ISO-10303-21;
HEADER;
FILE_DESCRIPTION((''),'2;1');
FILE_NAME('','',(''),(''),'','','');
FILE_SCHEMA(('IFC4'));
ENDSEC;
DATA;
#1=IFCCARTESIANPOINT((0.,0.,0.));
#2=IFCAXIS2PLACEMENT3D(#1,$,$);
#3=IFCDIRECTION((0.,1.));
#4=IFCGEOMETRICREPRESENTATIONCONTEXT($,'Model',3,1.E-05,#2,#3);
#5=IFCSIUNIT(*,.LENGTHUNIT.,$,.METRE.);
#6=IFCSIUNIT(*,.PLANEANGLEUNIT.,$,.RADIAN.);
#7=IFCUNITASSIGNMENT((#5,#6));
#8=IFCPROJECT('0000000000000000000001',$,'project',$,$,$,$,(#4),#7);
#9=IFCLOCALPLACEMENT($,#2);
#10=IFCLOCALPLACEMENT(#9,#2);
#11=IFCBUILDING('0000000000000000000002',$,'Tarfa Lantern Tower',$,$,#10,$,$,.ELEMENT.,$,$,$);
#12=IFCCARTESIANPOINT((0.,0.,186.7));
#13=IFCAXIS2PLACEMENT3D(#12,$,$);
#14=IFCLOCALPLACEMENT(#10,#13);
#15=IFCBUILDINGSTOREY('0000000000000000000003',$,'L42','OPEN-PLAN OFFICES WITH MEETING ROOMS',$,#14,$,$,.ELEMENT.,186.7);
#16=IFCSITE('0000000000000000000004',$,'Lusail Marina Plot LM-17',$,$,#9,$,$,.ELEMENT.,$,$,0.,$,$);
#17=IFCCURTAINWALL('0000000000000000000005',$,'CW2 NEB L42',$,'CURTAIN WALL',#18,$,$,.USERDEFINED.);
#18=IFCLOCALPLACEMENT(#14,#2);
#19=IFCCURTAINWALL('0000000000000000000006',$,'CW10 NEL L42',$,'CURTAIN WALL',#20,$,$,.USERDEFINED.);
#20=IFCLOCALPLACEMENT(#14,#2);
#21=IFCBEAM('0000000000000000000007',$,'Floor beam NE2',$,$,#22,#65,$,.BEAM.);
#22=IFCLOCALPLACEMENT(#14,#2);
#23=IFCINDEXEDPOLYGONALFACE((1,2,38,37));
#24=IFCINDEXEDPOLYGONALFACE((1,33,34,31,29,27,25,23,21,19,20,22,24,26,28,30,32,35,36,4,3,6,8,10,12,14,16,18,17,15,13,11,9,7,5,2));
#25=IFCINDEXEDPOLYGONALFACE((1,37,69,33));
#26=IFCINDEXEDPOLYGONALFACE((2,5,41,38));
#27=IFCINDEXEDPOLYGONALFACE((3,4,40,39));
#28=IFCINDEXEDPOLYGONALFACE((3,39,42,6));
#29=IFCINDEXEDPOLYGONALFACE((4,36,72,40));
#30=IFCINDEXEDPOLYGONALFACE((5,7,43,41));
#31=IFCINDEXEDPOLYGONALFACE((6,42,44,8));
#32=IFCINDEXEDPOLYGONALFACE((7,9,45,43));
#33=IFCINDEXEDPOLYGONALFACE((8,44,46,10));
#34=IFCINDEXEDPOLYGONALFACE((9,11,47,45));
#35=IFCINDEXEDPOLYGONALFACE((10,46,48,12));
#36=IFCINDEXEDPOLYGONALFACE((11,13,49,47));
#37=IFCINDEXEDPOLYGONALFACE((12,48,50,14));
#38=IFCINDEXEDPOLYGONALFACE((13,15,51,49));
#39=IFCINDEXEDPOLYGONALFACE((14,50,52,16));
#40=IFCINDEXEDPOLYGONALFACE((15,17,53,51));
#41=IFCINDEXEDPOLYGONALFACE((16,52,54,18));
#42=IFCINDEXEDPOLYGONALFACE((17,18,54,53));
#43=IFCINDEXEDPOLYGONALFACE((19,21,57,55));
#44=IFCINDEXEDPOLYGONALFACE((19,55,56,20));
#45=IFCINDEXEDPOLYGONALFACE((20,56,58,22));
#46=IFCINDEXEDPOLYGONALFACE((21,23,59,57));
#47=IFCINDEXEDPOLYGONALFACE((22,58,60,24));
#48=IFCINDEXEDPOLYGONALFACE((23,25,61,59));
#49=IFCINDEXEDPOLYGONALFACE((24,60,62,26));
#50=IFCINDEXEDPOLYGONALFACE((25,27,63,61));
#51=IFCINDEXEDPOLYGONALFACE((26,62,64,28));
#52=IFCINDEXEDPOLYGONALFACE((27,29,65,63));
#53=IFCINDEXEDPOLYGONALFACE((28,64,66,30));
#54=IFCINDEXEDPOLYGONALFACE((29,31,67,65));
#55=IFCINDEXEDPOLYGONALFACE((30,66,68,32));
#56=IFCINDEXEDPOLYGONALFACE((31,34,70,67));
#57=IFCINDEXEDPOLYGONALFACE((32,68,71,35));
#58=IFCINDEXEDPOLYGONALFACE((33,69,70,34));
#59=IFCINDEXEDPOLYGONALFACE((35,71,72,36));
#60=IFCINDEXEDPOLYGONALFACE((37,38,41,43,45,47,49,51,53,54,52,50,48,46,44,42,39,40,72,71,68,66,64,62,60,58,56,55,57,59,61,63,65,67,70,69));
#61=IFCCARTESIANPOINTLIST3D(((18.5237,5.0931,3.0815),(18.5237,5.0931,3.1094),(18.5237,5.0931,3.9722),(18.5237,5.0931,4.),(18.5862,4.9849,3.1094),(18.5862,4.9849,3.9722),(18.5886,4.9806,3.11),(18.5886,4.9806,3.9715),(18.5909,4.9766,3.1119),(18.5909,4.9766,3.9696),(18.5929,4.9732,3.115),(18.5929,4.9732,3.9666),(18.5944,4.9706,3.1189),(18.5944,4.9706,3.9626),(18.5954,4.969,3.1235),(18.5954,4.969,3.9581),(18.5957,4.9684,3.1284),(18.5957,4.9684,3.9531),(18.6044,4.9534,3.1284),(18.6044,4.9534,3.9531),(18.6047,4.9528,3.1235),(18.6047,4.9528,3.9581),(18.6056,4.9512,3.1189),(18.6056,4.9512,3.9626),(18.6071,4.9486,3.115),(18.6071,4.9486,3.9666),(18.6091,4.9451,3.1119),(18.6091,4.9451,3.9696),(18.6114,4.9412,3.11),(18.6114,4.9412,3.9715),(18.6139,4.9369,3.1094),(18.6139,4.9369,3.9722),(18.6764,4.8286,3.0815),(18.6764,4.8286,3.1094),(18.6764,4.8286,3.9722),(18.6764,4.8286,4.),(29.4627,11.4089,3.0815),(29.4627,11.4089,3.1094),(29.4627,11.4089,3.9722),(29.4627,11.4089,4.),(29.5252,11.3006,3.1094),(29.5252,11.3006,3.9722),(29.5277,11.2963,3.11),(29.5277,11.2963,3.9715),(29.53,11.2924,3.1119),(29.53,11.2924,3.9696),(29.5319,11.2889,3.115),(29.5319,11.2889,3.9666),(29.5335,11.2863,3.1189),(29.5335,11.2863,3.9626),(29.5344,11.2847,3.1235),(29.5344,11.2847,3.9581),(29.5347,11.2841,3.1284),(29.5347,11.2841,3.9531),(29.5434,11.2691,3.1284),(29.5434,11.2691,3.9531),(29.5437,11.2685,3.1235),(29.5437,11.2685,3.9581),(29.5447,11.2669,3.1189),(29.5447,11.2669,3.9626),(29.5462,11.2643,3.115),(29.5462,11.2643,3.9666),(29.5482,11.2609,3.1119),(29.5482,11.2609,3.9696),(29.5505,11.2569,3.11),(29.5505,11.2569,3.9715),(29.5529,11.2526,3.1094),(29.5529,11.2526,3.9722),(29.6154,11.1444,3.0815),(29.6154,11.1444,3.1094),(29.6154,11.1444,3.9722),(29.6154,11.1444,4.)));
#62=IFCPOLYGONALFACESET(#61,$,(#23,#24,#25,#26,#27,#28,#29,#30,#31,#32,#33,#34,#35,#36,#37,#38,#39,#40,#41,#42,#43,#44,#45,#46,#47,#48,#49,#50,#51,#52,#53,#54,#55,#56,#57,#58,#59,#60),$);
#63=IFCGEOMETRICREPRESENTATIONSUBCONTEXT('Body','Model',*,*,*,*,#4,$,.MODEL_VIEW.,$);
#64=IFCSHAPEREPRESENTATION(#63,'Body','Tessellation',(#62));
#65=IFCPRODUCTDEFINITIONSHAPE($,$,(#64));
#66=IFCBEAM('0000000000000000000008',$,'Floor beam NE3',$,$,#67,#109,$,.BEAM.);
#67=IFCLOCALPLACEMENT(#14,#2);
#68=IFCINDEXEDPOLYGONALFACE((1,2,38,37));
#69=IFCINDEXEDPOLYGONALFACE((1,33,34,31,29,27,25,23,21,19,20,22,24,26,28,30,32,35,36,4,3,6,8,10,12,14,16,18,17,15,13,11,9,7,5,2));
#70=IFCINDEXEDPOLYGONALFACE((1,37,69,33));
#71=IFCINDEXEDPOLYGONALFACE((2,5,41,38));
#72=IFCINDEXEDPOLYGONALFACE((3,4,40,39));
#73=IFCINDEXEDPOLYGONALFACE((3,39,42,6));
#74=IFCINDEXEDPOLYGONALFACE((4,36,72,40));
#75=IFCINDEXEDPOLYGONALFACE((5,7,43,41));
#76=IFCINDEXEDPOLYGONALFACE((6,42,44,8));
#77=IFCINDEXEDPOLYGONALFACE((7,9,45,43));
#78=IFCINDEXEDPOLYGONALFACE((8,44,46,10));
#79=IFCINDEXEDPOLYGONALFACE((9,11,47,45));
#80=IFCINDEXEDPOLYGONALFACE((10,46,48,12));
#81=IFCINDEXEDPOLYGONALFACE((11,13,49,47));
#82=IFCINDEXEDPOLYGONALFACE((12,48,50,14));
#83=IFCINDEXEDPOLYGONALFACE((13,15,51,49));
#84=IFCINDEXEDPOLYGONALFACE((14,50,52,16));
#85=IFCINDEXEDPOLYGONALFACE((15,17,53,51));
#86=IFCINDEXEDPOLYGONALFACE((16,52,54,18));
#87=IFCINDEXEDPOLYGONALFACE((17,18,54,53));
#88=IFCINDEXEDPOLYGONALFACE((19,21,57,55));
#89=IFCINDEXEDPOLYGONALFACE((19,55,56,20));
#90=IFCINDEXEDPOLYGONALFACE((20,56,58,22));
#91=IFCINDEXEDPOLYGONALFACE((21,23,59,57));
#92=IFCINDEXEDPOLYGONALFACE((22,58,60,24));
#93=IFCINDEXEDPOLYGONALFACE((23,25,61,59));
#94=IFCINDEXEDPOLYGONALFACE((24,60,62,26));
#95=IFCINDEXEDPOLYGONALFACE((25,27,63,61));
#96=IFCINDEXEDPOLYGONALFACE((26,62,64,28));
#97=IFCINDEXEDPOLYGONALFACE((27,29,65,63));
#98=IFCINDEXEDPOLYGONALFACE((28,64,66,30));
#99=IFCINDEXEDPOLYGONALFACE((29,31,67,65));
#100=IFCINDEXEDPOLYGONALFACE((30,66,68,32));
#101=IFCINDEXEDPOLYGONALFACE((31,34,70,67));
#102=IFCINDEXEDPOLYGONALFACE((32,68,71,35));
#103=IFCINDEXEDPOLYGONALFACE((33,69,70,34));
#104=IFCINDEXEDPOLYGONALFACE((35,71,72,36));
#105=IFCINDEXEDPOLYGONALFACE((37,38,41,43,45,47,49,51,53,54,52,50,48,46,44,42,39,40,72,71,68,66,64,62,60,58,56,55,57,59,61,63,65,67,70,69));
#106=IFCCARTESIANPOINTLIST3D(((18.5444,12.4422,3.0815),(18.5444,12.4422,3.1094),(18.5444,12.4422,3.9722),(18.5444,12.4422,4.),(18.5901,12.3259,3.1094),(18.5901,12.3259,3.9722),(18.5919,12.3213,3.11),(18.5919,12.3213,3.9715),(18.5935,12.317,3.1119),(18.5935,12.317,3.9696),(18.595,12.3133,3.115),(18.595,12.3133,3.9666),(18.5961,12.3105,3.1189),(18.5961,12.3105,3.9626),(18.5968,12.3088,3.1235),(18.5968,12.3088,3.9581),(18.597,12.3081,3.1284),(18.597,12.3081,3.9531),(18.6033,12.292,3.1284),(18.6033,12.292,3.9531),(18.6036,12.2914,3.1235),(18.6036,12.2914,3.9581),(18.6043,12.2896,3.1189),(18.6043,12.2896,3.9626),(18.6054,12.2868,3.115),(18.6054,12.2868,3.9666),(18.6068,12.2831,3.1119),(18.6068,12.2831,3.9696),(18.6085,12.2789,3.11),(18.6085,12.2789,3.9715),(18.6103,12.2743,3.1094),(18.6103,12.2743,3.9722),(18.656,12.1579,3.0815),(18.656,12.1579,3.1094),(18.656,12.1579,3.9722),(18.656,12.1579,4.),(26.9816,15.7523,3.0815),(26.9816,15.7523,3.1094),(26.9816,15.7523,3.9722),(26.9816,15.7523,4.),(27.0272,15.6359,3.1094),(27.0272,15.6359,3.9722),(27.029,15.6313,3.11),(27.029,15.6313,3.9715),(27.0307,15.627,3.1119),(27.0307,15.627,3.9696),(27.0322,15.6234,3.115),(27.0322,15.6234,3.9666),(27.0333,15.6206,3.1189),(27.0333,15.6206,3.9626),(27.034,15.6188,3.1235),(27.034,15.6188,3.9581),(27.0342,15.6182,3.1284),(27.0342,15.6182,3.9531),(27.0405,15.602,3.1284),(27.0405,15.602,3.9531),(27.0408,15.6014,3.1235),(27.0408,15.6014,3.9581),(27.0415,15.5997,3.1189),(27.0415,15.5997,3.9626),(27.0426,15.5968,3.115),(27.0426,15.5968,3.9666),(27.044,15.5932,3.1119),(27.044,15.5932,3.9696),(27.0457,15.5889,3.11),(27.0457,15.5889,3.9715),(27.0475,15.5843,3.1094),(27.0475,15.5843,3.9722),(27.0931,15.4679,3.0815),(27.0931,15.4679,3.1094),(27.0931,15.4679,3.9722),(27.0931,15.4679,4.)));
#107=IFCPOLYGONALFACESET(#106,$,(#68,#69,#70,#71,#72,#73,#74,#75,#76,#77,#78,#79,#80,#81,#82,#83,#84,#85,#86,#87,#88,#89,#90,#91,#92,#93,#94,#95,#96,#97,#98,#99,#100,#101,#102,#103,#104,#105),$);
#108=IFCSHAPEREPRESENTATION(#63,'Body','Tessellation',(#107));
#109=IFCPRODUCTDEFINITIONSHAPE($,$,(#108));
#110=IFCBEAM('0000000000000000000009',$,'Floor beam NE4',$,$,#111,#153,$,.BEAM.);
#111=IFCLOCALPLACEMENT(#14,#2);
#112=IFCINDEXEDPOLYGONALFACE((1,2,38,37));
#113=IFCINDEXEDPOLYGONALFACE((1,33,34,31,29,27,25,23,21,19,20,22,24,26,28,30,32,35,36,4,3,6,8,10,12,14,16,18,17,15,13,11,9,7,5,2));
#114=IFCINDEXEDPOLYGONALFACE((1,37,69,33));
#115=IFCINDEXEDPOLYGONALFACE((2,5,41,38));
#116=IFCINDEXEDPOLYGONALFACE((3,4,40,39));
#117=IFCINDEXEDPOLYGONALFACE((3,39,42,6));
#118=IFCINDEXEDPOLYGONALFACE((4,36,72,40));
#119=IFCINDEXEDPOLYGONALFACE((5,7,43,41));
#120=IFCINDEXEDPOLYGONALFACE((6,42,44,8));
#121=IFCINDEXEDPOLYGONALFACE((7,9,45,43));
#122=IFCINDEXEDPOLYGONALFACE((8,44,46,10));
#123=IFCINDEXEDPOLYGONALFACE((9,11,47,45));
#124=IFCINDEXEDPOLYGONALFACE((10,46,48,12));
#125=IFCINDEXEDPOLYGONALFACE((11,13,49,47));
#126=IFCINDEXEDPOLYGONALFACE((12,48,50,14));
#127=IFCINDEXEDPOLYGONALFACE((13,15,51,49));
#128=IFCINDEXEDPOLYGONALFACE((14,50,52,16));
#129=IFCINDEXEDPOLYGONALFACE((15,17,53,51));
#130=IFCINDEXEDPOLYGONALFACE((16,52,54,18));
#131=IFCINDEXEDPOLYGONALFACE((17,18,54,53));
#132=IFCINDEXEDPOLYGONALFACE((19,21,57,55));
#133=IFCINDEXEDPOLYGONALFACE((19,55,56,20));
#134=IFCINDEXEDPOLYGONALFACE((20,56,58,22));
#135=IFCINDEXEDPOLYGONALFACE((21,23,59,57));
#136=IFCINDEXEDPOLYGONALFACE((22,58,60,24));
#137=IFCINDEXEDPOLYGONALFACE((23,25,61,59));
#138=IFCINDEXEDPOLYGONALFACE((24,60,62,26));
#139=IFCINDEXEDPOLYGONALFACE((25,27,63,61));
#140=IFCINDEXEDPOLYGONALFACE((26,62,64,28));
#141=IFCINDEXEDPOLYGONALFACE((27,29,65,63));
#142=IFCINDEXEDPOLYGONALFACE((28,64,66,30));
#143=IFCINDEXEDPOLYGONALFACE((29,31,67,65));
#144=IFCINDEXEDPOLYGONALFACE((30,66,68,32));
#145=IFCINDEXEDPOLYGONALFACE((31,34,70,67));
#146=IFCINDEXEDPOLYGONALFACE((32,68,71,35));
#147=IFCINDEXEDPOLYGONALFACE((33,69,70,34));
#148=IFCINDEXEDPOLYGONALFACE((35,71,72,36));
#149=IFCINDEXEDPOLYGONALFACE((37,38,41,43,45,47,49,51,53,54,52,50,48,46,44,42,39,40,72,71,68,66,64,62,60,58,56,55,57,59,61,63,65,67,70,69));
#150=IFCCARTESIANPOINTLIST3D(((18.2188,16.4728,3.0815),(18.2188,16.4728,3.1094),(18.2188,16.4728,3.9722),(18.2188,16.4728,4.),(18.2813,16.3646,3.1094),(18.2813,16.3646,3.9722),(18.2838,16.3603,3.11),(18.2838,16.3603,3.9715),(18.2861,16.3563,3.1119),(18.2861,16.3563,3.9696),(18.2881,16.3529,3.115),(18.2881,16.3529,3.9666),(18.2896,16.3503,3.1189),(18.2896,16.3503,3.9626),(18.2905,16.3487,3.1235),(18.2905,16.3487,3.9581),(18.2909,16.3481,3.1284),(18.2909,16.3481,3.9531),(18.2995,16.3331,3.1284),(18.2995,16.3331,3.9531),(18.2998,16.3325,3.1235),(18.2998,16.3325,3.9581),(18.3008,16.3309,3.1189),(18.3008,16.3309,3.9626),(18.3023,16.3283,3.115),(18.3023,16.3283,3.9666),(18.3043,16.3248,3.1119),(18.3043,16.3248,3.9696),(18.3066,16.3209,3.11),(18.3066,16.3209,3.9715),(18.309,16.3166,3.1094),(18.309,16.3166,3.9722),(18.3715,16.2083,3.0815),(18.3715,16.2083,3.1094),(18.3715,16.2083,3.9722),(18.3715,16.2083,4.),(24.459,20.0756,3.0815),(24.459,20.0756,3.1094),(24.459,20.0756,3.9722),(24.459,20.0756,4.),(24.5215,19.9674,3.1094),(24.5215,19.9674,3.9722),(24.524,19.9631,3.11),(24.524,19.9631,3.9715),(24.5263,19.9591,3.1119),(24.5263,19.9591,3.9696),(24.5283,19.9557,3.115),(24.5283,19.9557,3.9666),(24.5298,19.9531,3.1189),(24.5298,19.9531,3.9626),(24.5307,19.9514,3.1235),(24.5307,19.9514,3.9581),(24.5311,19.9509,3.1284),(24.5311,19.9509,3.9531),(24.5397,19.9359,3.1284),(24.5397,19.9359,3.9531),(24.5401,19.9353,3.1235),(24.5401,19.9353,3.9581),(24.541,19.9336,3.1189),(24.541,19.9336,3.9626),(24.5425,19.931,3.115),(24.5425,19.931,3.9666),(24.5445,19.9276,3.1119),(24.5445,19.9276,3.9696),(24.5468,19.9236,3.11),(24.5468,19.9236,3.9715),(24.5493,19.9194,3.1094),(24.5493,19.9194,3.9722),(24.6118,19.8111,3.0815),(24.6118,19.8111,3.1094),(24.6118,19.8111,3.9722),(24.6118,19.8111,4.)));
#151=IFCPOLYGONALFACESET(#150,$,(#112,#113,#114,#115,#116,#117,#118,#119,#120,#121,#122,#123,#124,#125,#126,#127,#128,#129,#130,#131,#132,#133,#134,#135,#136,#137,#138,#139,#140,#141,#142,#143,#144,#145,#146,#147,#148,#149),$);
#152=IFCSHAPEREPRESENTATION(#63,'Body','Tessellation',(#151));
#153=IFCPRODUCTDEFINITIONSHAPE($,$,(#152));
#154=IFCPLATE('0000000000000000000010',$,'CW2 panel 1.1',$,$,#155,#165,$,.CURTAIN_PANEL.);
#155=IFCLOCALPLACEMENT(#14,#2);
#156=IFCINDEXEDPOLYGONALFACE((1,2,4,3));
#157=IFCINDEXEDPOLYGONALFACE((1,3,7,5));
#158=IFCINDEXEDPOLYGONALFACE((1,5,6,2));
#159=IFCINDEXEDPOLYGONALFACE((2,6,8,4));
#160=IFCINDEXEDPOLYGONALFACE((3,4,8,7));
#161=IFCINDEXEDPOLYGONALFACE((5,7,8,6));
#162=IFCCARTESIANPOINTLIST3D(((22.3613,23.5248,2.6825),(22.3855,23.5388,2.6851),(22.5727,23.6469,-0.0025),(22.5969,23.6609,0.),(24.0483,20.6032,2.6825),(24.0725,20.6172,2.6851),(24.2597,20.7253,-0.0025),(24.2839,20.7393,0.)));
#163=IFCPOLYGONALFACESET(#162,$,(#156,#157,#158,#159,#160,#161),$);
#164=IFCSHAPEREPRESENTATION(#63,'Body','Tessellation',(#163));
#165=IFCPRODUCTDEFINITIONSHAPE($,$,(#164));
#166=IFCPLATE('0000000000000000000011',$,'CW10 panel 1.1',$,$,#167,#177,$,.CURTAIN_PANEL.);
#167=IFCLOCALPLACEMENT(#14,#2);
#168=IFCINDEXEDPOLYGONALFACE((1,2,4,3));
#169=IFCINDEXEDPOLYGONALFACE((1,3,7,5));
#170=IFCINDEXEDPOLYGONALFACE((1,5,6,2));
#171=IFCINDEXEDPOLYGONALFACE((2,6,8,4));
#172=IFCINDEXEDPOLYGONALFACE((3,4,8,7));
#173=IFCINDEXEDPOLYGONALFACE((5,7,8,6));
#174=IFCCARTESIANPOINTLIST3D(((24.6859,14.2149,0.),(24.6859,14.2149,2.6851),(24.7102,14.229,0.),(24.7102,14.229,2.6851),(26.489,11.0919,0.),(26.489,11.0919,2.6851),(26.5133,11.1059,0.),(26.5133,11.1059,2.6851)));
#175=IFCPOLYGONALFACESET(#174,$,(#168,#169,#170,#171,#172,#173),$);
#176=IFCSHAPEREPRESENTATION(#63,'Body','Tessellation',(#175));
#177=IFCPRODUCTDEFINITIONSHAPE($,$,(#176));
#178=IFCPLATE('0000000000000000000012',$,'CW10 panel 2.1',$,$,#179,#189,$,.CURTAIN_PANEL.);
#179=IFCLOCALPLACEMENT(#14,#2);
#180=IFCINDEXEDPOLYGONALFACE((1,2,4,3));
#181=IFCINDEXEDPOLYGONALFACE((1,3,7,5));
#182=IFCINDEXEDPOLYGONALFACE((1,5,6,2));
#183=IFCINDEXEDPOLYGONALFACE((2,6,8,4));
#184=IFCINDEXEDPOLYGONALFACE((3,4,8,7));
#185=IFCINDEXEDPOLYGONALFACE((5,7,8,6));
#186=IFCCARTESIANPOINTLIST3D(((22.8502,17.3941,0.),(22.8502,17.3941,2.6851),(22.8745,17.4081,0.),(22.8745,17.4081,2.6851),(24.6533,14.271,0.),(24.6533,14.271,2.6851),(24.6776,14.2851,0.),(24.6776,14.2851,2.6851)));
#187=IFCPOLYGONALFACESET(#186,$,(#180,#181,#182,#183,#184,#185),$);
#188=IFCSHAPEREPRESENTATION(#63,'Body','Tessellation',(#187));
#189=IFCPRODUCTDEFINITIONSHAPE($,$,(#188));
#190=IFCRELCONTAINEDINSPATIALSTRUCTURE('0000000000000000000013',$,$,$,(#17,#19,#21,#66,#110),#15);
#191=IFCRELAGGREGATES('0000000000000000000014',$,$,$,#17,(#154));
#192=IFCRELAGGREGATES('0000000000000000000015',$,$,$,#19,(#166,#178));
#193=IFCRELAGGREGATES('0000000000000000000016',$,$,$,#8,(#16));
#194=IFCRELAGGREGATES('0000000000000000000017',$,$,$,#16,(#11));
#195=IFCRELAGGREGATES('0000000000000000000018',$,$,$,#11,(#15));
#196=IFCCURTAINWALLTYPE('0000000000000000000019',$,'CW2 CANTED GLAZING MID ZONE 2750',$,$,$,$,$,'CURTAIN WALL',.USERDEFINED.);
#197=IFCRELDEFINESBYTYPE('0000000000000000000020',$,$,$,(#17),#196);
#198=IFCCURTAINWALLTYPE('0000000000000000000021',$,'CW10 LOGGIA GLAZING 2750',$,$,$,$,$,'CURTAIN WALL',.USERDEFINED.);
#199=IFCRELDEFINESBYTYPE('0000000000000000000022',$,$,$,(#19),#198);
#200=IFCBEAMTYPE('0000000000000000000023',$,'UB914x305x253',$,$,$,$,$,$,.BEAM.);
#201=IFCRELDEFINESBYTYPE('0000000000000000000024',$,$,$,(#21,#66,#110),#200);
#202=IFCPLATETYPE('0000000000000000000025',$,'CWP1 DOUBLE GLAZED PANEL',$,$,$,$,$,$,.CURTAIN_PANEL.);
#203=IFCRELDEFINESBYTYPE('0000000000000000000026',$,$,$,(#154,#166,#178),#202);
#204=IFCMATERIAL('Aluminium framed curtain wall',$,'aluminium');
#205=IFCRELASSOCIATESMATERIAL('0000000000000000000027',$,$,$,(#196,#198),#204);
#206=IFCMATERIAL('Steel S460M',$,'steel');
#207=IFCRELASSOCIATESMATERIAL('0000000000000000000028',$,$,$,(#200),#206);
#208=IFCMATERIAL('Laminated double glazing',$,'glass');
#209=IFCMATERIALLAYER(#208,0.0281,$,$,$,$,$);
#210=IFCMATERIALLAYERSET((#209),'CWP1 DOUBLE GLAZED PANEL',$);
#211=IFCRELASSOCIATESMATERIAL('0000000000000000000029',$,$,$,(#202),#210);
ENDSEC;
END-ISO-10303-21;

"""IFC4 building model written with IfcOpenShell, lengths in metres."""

from ifc_helpers import new_model, si_unit, direction, frame, origin, origin_2d, place, context, subcontext, project, spatial, polyline, rectangle, i_section, outline, extrude, material, layer, layer_set, material_profile, profile_set, type_object, element, aggregate, save


model = new_model("IFC4")

# Units and contexts
model_context = context("Model", 3, precision=1e-05, world=origin(), true_north=direction((0.0, 1.0)))
body_context = subcontext(model_context, "Body", "Model", "MODEL_VIEW")
ifc_project = project(units=[si_unit("LENGTHUNIT", "METRE"), si_unit("PLANEANGLEUNIT", "RADIAN")], contexts=[model_context])

# Site, building, storey
site_placement = place(None, origin())
site = spatial("IfcSite", under=ifc_project, at=site_placement, Name="Lusail Marina Plot LM-17", CompositionType="ELEMENT", RefElevation=0.0)
building_placement = place(site_placement, origin())
building = spatial("IfcBuilding", under=site, at=building_placement, Name="Tarfa Lantern Tower", CompositionType="ELEMENT")
storey_placement = place(building_placement, frame((0.0, 0.0, 186.7)))
storey = spatial("IfcBuildingStorey", under=building, at=storey_placement, Name="L42", Description="OPEN-PLAN OFFICES WITH MEETING ROOMS", CompositionType="ELEMENT", Elevation=186.7)

# Curtain wall
ifc_material_1 = material(Name="Aluminium framed curtain wall", Category="aluminium")
curtain_wall_type_1 = type_object("IfcCurtainWallType", Name="CW2 CANTED GLAZING MID ZONE 2750", ElementType="CURTAIN WALL", PredefinedType="USERDEFINED", material=ifc_material_1)
curtain_wall_1_placement = place(storey_placement, origin())
curtain_wall_1 = element("IfcCurtainWall", 1, at=curtain_wall_1_placement, inside=storey, type_object=curtain_wall_type_1, Name="CW2 NEB L42", ObjectType="CURTAIN WALL", PredefinedType="USERDEFINED")

# Curtain wall
curtain_wall_type_2 = type_object("IfcCurtainWallType", Name="CW10 LOGGIA GLAZING 2750", ElementType="CURTAIN WALL", PredefinedType="USERDEFINED", material=ifc_material_1)
curtain_wall_2_placement = place(storey_placement, origin())
curtain_wall_2 = element("IfcCurtainWall", 2, at=curtain_wall_2_placement, inside=storey, type_object=curtain_wall_type_2, Name="CW10 NEL L42", ObjectType="CURTAIN WALL", PredefinedType="USERDEFINED")

# Beams
ifc_material_2 = material(Name="Steel S460M", Category="steel")
ifc_material_profile_1 = material_profile(ifc_material_2, i_section(OverallWidth=0.3054, OverallDepth=0.9185, WebThickness=0.0173, FlangeThickness=0.0278, FilletRadius=0.019, at=origin_2d()), Name="UB914x305x253")
ifc_profile_set_1 = profile_set([ifc_material_profile_1], Name="Steel S460M")
beam_type_1 = type_object("IfcBeamType", Name="UB914x305x253", PredefinedType="BEAM", material=ifc_profile_set_1)
beam_1_placement = place(storey_placement, frame((29.5391, 11.2766, 3.5408), z_axis=(-0.866023, -0.500004, 0.0), x_axis=(0.500004, -0.866023, 0.0)))
element("IfcBeam", 3, at=beam_1_placement, inside=storey, type_object=beam_type_1, Name="Floor beam NE2", PredefinedType="BEAM", context=body_context, shape_type="SweptSolid", body=[
    extrude(i_section(OverallWidth=0.3054, OverallDepth=0.9185, WebThickness=0.0173, FlangeThickness=0.0278, FilletRadius=0.019, at=origin_2d()), origin(), (0.0, 0.0, 1.0), 12.6313),
])
beam_2_placement = place(storey_placement, frame((27.0374, 15.6101, 3.5408), z_axis=(-0.930923, -0.365215, 0.0), x_axis=(0.365215, -0.930923, 0.0)))
element("IfcBeam", 4, at=beam_2_placement, inside=storey, type_object=beam_type_1, Name="Floor beam NE3", PredefinedType="BEAM", context=body_context, shape_type="SweptSolid", body=[
    extrude(i_section(OverallWidth=0.3054, OverallDepth=0.9185, WebThickness=0.0173, FlangeThickness=0.0278, FilletRadius=0.019, at=origin_2d()), origin(), (0.0, 0.0, 1.0), 9.0632),
])
beam_3_placement = place(storey_placement, frame((24.5354, 19.9434, 3.5408), z_axis=(-0.866026, -0.499998, 0.0), x_axis=(0.499998, -0.866026, 0.0)))
element("IfcBeam", 5, at=beam_3_placement, inside=storey, type_object=beam_type_1, Name="Floor beam NE4", PredefinedType="BEAM", context=body_context, shape_type="SweptSolid", body=[
    extrude(i_section(OverallWidth=0.3054, OverallDepth=0.9185, WebThickness=0.0173, FlangeThickness=0.0278, FilletRadius=0.019, at=origin_2d()), origin(), (0.0, 0.0, 1.0), 7.2056),
])

# Plates
ifc_material_3 = material(Name="Laminated double glazing", Category="glass")
ifc_layer_1 = layer(ifc_material_3, 0.0281)
ifc_layer_set_1 = layer_set([ifc_layer_1], Name="CWP1 DOUBLE GLAZED PANEL")
plate_type_1 = type_object("IfcPlateType", Name="CWP1 DOUBLE GLAZED PANEL", PredefinedType="CURTAIN_PANEL", material=ifc_layer_set_1)
plate_1_placement = place(storey_placement, frame((24.2839, 20.7393, 0.0), z_axis=(0.862441, 0.497992, 0.09055), x_axis=(-0.500046, 0.865999, 0.0)))
plate_1 = element("IfcPlate", 6, at=plate_1_placement, type_object=plate_type_1, Name="CW2 panel 1.1", PredefinedType="CURTAIN_PANEL", context=body_context, shape_type="SweptSolid", body=[
    extrude(outline(polyline([(0.0, 0.0), (3.3737, 0.0), (3.3737, 2.6961), (0.0, 2.6961), (0.0, 0.0)])), origin(), (0.0, 0.0, -1.0), 0.0281),
])
aggregate(curtain_wall_1, [plate_1])
plate_2_placement = place(storey_placement, frame((25.5996, 12.6604, 0.0), z_axis=(0.0, 0.0, 1.0), x_axis=(-0.5, 0.866025, 0.0)))
plate_2 = element("IfcPlate", 7, at=plate_2_placement, type_object=plate_type_1, Name="CW10 panel 1.1", PredefinedType="CURTAIN_PANEL", context=body_context, shape_type="SweptSolid", body=[
    extrude(rectangle(XDim=3.6062, YDim=0.0281, at=origin_2d()), origin(), (0.0, 0.0, 1.0), 2.6851),
])
plate_3_placement = place(storey_placement, frame((23.7639, 15.8396, 0.0), z_axis=(0.0, 0.0, 1.0), x_axis=(-0.5, 0.866025, 0.0)))
plate_3 = element("IfcPlate", 8, at=plate_3_placement, type_object=plate_type_1, Name="CW10 panel 2.1", PredefinedType="CURTAIN_PANEL", context=body_context, shape_type="SweptSolid", body=[
    extrude(rectangle(XDim=3.6062, YDim=0.0281, at=origin_2d()), origin(), (0.0, 0.0, 1.0), 2.6851),
])
aggregate(curtain_wall_2, [plate_2, plate_3])

save(model, "model.ifc")
